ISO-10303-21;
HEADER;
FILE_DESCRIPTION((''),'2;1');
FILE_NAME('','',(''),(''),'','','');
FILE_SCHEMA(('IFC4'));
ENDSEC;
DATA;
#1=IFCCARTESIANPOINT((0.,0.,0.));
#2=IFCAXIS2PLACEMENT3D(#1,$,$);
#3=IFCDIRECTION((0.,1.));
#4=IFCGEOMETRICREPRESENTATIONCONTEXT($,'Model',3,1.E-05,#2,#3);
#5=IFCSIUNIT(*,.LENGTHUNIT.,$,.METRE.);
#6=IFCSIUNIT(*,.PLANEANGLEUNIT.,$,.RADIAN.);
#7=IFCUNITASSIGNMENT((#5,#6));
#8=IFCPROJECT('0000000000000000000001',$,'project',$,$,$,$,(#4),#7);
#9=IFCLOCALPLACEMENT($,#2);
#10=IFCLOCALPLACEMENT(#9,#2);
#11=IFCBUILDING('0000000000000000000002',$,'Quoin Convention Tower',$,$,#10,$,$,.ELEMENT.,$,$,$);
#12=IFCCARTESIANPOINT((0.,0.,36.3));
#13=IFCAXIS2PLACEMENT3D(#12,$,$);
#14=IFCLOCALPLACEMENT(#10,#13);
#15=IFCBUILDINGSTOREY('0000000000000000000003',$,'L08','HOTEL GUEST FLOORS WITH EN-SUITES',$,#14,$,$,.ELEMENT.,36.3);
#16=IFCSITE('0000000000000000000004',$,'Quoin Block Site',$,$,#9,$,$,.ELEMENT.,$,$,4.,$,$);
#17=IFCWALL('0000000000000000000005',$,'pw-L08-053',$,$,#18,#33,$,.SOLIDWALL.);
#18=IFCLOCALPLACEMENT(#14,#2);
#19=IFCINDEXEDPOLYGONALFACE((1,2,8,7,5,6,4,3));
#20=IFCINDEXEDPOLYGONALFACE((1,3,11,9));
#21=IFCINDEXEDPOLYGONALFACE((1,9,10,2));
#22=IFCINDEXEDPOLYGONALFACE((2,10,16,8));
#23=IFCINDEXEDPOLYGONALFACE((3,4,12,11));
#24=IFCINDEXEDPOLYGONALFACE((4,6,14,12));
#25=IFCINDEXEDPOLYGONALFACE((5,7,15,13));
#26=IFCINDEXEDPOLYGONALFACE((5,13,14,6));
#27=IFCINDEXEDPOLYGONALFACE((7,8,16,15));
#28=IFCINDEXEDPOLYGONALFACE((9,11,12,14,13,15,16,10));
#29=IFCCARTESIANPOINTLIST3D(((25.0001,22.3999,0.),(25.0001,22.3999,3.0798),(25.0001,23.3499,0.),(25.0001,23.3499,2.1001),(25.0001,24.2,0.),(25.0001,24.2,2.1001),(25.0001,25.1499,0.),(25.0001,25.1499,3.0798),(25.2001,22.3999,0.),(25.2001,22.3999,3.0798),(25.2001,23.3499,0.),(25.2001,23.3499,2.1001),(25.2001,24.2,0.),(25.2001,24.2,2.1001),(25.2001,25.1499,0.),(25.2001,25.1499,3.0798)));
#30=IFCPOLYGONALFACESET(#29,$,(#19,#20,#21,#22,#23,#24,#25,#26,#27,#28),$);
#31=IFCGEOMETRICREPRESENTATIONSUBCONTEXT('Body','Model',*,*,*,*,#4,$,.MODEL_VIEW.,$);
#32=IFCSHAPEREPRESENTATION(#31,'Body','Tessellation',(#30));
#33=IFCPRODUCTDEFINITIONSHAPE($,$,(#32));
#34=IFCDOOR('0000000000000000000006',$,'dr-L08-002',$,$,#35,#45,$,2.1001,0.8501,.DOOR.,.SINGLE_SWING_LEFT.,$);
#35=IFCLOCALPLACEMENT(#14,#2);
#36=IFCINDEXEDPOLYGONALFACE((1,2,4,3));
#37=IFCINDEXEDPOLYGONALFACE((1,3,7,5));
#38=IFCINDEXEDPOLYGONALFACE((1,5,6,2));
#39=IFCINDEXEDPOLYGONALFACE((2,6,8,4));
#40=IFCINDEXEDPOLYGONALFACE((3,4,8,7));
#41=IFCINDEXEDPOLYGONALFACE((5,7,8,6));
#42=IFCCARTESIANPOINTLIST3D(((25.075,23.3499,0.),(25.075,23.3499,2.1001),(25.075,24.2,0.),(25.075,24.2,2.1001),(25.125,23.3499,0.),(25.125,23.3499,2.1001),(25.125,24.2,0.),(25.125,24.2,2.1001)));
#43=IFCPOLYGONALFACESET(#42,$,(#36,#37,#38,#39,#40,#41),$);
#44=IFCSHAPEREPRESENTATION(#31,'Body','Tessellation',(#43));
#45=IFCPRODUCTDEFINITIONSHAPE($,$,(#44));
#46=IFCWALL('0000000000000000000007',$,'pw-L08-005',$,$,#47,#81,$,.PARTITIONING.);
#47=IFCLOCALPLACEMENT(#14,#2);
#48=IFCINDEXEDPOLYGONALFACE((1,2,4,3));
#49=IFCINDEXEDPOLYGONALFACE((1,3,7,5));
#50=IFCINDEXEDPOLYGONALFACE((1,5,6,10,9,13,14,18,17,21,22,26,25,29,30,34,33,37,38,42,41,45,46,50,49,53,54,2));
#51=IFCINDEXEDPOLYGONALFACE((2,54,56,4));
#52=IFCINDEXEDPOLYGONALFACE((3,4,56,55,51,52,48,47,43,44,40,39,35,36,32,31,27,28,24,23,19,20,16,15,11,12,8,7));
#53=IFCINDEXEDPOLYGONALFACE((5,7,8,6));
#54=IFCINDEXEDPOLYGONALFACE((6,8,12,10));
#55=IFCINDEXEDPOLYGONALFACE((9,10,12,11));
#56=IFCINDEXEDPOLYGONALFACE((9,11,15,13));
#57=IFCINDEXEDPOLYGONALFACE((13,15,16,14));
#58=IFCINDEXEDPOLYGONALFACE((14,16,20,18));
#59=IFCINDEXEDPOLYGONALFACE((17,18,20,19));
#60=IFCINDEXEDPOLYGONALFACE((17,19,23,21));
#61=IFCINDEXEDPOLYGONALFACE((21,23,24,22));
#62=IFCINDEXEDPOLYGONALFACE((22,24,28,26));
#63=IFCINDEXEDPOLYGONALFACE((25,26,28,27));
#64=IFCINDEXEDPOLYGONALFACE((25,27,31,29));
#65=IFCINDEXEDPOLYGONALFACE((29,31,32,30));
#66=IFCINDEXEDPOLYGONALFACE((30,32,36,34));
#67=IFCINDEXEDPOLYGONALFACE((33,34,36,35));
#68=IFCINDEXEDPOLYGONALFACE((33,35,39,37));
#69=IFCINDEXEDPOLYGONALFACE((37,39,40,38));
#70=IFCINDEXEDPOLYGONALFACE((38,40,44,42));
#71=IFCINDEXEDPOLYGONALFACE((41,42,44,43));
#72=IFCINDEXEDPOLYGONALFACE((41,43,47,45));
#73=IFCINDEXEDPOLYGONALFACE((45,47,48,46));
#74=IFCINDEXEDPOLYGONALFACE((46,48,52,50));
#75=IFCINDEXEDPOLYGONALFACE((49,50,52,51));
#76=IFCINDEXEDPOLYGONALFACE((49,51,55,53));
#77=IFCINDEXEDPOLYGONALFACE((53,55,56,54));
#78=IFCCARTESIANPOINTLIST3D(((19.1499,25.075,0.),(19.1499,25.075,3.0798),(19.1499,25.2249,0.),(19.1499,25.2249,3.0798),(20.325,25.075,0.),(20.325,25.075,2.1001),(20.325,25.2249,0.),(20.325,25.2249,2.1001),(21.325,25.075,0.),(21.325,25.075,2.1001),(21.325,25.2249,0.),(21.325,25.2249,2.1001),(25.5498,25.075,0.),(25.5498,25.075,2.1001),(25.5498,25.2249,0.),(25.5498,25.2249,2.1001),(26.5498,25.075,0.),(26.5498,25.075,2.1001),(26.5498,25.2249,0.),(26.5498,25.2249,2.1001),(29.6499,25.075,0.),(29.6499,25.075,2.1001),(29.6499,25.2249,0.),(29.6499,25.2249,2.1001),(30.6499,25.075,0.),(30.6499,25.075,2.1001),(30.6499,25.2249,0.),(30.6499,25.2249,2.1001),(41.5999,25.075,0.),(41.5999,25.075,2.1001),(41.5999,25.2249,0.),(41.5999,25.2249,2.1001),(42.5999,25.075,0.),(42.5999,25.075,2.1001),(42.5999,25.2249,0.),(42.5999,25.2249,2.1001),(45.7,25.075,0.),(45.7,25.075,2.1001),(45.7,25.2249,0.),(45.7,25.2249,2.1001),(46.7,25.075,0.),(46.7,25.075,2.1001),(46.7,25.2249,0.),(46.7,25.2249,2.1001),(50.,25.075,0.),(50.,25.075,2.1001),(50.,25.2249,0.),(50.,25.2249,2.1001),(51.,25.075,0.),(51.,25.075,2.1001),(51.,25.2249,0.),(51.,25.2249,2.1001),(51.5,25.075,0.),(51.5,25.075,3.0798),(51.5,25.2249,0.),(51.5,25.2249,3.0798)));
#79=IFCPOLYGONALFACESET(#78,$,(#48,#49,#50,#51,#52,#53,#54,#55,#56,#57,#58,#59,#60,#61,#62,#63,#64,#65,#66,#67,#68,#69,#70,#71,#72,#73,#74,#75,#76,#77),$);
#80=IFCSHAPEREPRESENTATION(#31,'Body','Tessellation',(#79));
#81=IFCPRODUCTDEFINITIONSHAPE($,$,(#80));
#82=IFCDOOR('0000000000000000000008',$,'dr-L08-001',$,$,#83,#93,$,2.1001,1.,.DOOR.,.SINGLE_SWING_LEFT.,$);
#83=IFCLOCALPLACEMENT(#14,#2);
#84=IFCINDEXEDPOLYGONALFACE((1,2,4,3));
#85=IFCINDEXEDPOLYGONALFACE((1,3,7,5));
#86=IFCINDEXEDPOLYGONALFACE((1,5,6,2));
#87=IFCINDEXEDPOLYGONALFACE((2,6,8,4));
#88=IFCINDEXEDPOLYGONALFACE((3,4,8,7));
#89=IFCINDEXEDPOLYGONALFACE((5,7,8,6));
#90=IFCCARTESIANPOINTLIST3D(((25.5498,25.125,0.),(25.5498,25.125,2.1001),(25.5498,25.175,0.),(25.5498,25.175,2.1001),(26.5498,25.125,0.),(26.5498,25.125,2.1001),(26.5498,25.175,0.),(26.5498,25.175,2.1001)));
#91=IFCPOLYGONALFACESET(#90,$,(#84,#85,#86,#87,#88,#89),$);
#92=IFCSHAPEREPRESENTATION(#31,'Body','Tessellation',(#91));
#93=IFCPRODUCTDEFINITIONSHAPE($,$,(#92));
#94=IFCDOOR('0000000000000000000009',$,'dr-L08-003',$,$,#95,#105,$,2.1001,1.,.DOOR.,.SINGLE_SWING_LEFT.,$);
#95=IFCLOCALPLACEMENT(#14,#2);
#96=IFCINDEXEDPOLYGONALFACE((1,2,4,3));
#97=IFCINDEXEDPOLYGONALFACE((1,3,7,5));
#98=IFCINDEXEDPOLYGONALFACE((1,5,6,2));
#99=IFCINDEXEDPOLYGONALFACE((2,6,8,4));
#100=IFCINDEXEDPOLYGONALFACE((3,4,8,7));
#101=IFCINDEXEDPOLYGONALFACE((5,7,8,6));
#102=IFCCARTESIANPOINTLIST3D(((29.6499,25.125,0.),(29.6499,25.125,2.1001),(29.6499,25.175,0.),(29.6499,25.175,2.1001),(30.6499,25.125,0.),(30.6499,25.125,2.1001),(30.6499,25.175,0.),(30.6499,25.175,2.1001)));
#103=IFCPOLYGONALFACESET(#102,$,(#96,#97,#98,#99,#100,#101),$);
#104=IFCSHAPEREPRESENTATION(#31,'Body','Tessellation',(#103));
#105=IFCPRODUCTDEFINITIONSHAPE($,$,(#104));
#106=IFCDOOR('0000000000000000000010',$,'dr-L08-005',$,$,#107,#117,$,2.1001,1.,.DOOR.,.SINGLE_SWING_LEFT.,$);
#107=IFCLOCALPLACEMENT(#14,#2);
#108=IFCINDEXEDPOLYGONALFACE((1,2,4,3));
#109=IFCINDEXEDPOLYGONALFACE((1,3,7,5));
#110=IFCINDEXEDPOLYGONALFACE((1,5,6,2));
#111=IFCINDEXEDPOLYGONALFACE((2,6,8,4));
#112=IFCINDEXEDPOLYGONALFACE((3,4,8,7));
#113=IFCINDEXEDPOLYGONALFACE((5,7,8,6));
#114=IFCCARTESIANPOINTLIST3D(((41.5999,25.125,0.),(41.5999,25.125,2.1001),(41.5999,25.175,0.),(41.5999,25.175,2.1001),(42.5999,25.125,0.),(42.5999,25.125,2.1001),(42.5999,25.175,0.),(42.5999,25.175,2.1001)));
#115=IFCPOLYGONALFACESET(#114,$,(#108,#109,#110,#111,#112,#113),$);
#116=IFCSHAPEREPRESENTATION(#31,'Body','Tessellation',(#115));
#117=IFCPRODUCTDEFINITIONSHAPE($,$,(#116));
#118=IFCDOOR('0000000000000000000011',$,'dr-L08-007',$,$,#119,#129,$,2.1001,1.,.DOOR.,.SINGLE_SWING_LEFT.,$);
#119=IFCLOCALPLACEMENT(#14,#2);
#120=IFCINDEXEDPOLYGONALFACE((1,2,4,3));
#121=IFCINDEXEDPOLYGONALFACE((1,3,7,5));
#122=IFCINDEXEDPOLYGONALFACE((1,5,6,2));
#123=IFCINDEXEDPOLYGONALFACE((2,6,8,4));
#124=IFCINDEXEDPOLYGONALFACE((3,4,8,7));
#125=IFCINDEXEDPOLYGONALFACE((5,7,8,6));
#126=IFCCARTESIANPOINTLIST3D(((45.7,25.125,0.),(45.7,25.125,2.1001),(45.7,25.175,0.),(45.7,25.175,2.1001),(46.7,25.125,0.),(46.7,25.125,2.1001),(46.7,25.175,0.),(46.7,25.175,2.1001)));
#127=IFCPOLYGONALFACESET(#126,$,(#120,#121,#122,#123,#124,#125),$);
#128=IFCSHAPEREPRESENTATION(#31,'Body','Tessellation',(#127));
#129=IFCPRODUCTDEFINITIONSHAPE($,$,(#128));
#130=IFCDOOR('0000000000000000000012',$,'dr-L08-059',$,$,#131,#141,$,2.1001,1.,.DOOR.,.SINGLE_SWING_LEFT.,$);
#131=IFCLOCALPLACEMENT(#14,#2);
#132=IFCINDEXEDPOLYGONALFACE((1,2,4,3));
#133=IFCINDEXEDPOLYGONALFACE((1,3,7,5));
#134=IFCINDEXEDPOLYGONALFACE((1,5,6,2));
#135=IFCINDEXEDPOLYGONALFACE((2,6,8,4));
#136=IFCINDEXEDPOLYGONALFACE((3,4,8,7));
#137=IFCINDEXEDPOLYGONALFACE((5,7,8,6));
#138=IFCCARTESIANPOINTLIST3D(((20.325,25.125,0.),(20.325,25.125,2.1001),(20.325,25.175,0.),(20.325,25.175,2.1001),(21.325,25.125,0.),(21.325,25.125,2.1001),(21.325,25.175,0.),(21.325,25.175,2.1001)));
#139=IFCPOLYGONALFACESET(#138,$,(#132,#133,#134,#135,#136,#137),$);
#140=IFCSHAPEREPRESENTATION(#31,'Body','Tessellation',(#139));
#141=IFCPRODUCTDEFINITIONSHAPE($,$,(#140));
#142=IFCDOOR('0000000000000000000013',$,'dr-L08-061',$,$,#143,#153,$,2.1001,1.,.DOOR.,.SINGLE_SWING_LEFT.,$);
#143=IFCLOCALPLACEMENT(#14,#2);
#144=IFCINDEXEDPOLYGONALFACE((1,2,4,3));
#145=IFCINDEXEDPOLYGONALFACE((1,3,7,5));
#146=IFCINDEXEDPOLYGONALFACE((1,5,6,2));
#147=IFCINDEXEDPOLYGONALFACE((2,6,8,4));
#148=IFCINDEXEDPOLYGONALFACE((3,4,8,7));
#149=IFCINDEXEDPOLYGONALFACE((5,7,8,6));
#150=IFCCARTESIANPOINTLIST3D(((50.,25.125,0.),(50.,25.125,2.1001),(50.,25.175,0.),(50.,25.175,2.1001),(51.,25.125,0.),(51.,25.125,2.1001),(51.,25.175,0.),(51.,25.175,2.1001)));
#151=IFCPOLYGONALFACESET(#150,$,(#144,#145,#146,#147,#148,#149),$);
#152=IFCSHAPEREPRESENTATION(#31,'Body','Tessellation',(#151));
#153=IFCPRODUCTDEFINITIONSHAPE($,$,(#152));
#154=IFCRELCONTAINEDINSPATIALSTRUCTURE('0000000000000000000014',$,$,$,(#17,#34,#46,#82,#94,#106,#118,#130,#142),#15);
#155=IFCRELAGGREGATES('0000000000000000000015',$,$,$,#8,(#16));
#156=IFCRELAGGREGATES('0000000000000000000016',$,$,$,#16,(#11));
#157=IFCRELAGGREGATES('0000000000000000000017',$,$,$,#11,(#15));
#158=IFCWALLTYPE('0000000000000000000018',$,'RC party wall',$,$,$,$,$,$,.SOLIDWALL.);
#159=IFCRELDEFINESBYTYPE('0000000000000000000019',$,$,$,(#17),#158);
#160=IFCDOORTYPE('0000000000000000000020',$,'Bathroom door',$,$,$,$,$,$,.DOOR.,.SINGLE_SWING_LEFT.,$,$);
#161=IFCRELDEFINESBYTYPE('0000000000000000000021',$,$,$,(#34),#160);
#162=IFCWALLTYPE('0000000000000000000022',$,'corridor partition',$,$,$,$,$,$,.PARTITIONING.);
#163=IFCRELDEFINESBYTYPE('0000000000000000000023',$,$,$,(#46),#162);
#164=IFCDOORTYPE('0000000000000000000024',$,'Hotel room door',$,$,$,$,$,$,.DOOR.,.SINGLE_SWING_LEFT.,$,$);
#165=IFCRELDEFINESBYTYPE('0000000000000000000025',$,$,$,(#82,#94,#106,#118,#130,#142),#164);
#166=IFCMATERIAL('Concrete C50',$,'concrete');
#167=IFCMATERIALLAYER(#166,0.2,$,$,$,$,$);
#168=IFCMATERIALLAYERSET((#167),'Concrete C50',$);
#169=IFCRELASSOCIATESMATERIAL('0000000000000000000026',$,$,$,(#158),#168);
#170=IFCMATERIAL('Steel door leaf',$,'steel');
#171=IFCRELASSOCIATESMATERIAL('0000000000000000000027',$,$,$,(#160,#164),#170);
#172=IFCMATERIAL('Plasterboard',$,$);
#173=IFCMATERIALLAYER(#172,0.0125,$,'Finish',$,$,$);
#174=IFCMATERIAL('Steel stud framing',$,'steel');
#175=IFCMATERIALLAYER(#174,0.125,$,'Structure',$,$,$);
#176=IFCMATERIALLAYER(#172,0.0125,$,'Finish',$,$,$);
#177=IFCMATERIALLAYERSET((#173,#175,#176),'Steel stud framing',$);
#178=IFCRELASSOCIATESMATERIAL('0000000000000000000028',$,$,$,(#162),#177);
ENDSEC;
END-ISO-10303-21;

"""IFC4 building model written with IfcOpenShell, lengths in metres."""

from ifc_helpers import new_model, si_unit, direction, frame, frame_2d, origin, place, context, subcontext, project, spatial, rectangle, extrude, material, layer, layer_set, type_object, element, fill, save


model = new_model("IFC4")

# Units and contexts
model_context = context("Model", 3, precision=1e-05, world=origin(), true_north=direction((0.0, 1.0)))
body_context = subcontext(model_context, "Body", "Model", "MODEL_VIEW")
ifc_project = project(units=[si_unit("LENGTHUNIT", "METRE"), si_unit("PLANEANGLEUNIT", "RADIAN")], contexts=[model_context])

# Site, building, storey
site_placement = place(None, origin())
site = spatial("IfcSite", under=ifc_project, at=site_placement, Name="Quoin Block Site", CompositionType="ELEMENT", RefElevation=4.0)
building_placement = place(site_placement, origin())
building = spatial("IfcBuilding", under=site, at=building_placement, Name="Quoin Convention Tower", CompositionType="ELEMENT")
storey_placement = place(building_placement, frame((0.0, 0.0, 36.3)))
storey = spatial("IfcBuildingStorey", under=building, at=storey_placement, Name="L08", Description="HOTEL GUEST FLOORS WITH EN-SUITES", CompositionType="ELEMENT", Elevation=36.3)

# Wall, opening, door
ifc_material_1 = material(Name="Concrete C50", Category="concrete")
ifc_layer_1 = layer(ifc_material_1, 0.2)
ifc_layer_set_1 = layer_set([ifc_layer_1], Name="Concrete C50")
wall_type_1 = type_object("IfcWallType", Name="RC party wall", PredefinedType="SOLIDWALL", material=ifc_layer_set_1)
wall_1_placement = place(storey_placement, frame((25.1001, 22.3999, 0.0), z_axis=(0.0, 0.0, 1.0), x_axis=(0.0, 1.0, 0.0)))
wall_1 = element("IfcWall", 1, at=wall_1_placement, inside=storey, type_object=wall_type_1, Name="pw-L08-053", PredefinedType="SOLIDWALL", context=body_context, shape_type="SweptSolid", body=[
    extrude(rectangle(XDim=2.75, YDim=0.2, at=frame_2d((1.375, 0.0))), origin(), (0.0, 0.0, 1.0), 3.0798),
])
opening_1_placement = place(wall_1_placement, frame((0.95, 0.0, 0.0)))
opening_1 = element("IfcOpeningElement", 2, at=opening_1_placement, cuts=wall_1, PredefinedType="OPENING", context=body_context, shape_type="SweptSolid", body=[
    extrude(rectangle(XDim=0.8501, YDim=2.1001, at=frame_2d((0.425, 1.05))), frame((0.0, 0.1099, 0.0), z_axis=(0.0, -1.0, 0.0), x_axis=(1.0, 0.0, 0.0)), (0.0, 0.0, 1.0), 0.22),
])
ifc_material_2 = material(Name="Steel door leaf", Category="steel")
door_type_1 = type_object("IfcDoorType", Name="Bathroom door", OperationType="SINGLE_SWING_LEFT", PredefinedType="DOOR", material=ifc_material_2)
door_1_placement = place(opening_1_placement, frame((0.8501, 0.0, 0.0), z_axis=(0.0, 0.0, 1.0), x_axis=(-1.0, 0.0, 0.0)))
door_1 = element("IfcDoor", 3, at=door_1_placement, inside=storey, type_object=door_type_1, Name="dr-L08-002", OperationType="SINGLE_SWING_LEFT", OverallHeight=2.1001, OverallWidth=0.8501, PredefinedType="DOOR", context=body_context, shape_type="SweptSolid", body=[
    extrude(rectangle(XDim=0.8501, YDim=2.1001, at=frame_2d((0.425, 1.05))), frame((0.0, 0.0249, 0.0), z_axis=(0.0, -1.0, 0.0), x_axis=(1.0, 0.0, 0.0)), (0.0, 0.0, 1.0), 0.05),
])
fill(opening_1, door_1)

# Wall, openings, doors
ifc_material_3 = material(Name="Plasterboard")
ifc_layer_2 = layer(ifc_material_3, 0.0125, Name="Finish")
ifc_material_4 = material(Name="Steel stud framing", Category="steel")
ifc_layer_3 = layer(ifc_material_4, 0.125, Name="Structure")
ifc_layer_4 = layer(ifc_material_3, 0.0125, Name="Finish")
ifc_layer_set_2 = layer_set([ifc_layer_2, ifc_layer_3, ifc_layer_4], Name="Steel stud framing")
wall_type_2 = type_object("IfcWallType", Name="corridor partition", PredefinedType="PARTITIONING", material=ifc_layer_set_2)
wall_2_placement = place(storey_placement, frame((19.1499, 25.1499, 0.0), z_axis=(0.0, 0.0, 1.0), x_axis=(1.0, 0.0, 0.0)))
wall_2 = element("IfcWall", 4, at=wall_2_placement, inside=storey, type_object=wall_type_2, Name="pw-L08-005", PredefinedType="PARTITIONING", context=body_context, shape_type="SweptSolid", body=[
    extrude(rectangle(XDim=32.3501, YDim=0.1499, at=frame_2d((16.175, 0.0))), origin(), (0.0, 0.0, 1.0), 3.0798),
])
opening_2_placement = place(wall_2_placement, frame((6.3999, 0.0, 0.0)))
opening_2 = element("IfcOpeningElement", 5, at=opening_2_placement, cuts=wall_2, PredefinedType="OPENING", context=body_context, shape_type="SweptSolid", body=[
    extrude(rectangle(XDim=1.0, YDim=2.1001, at=frame_2d((0.5, 1.05))), frame((0.0, 0.085, 0.0), z_axis=(0.0, -1.0, 0.0), x_axis=(1.0, 0.0, 0.0)), (0.0, 0.0, 1.0), 0.1699),
])
opening_3_placement = place(wall_2_placement, frame((10.5, 0.0, 0.0)))
opening_3 = element("IfcOpeningElement", 6, at=opening_3_placement, cuts=wall_2, PredefinedType="OPENING", context=body_context, shape_type="SweptSolid", body=[
    extrude(rectangle(XDim=1.0, YDim=2.1001, at=frame_2d((0.5, 1.05))), frame((0.0, 0.085, 0.0), z_axis=(0.0, -1.0, 0.0), x_axis=(1.0, 0.0, 0.0)), (0.0, 0.0, 1.0), 0.1699),
])
opening_4_placement = place(wall_2_placement, frame((22.45, 0.0, 0.0)))
opening_4 = element("IfcOpeningElement", 7, at=opening_4_placement, cuts=wall_2, PredefinedType="OPENING", context=body_context, shape_type="SweptSolid", body=[
    extrude(rectangle(XDim=1.0, YDim=2.1001, at=frame_2d((0.5, 1.05))), frame((0.0, 0.085, 0.0), z_axis=(0.0, -1.0, 0.0), x_axis=(1.0, 0.0, 0.0)), (0.0, 0.0, 1.0), 0.1699),
])
opening_5_placement = place(wall_2_placement, frame((26.55, 0.0, 0.0)))
opening_5 = element("IfcOpeningElement", 8, at=opening_5_placement, cuts=wall_2, PredefinedType="OPENING", context=body_context, shape_type="SweptSolid", body=[
    extrude(rectangle(XDim=1.0, YDim=2.1001, at=frame_2d((0.5, 1.05))), frame((0.0, 0.085, 0.0), z_axis=(0.0, -1.0, 0.0), x_axis=(1.0, 0.0, 0.0)), (0.0, 0.0, 1.0), 0.1699),
])
opening_6_placement = place(wall_2_placement, frame((1.175, 0.0, 0.0)))
opening_6 = element("IfcOpeningElement", 9, at=opening_6_placement, cuts=wall_2, PredefinedType="OPENING", context=body_context, shape_type="SweptSolid", body=[
    extrude(rectangle(XDim=1.0, YDim=2.1001, at=frame_2d((0.5, 1.05))), frame((0.0, 0.085, 0.0), z_axis=(0.0, -1.0, 0.0), x_axis=(1.0, 0.0, 0.0)), (0.0, 0.0, 1.0), 0.1699),
])
opening_7_placement = place(wall_2_placement, frame((30.8501, 0.0, 0.0)))
opening_7 = element("IfcOpeningElement", 10, at=opening_7_placement, cuts=wall_2, PredefinedType="OPENING", context=body_context, shape_type="SweptSolid", body=[
    extrude(rectangle(XDim=1.0, YDim=2.1001, at=frame_2d((0.5, 1.05))), frame((0.0, 0.085, 0.0), z_axis=(0.0, -1.0, 0.0), x_axis=(1.0, 0.0, 0.0)), (0.0, 0.0, 1.0), 0.1699),
])
door_type_2 = type_object("IfcDoorType", Name="Hotel room door", OperationType="SINGLE_SWING_LEFT", PredefinedType="DOOR", material=ifc_material_2)
door_2_placement = place(opening_2_placement, frame((1.0, 0.0, 0.0), z_axis=(0.0, 0.0, 1.0), x_axis=(-1.0, 0.0, 0.0)))
door_2 = element("IfcDoor", 11, at=door_2_placement, inside=storey, type_object=door_type_2, Name="dr-L08-001", OperationType="SINGLE_SWING_LEFT", OverallHeight=2.1001, OverallWidth=1.0, PredefinedType="DOOR", context=body_context, shape_type="SweptSolid", body=[
    extrude(rectangle(XDim=1.0, YDim=2.1001, at=frame_2d((0.5, 1.05))), frame((0.0, 0.0249, 0.0), z_axis=(0.0, -1.0, 0.0), x_axis=(1.0, 0.0, 0.0)), (0.0, 0.0, 1.0), 0.05),
])
fill(opening_2, door_2)
door_3_placement = place(opening_3_placement, frame((1.0, 0.0, 0.0), z_axis=(0.0, 0.0, 1.0), x_axis=(-1.0, 0.0, 0.0)))
door_3 = element("IfcDoor", 12, at=door_3_placement, inside=storey, type_object=door_type_2, Name="dr-L08-003", OperationType="SINGLE_SWING_LEFT", OverallHeight=2.1001, OverallWidth=1.0, PredefinedType="DOOR", context=body_context, shape_type="SweptSolid", body=[
    extrude(rectangle(XDim=1.0, YDim=2.1001, at=frame_2d((0.5, 1.05))), frame((0.0, 0.0249, 0.0), z_axis=(0.0, -1.0, 0.0), x_axis=(1.0, 0.0, 0.0)), (0.0, 0.0, 1.0), 0.05),
])
fill(opening_3, door_3)
door_4_placement = place(opening_4_placement, frame((1.0, 0.0, 0.0), z_axis=(0.0, 0.0, 1.0), x_axis=(-1.0, 0.0, 0.0)))
door_4 = element("IfcDoor", 13, at=door_4_placement, inside=storey, type_object=door_type_2, Name="dr-L08-005", OperationType="SINGLE_SWING_LEFT", OverallHeight=2.1001, OverallWidth=1.0, PredefinedType="DOOR", context=body_context, shape_type="SweptSolid", body=[
    extrude(rectangle(XDim=1.0, YDim=2.1001, at=frame_2d((0.5, 1.05))), frame((0.0, 0.0249, 0.0), z_axis=(0.0, -1.0, 0.0), x_axis=(1.0, 0.0, 0.0)), (0.0, 0.0, 1.0), 0.05),
])
fill(opening_4, door_4)
door_5_placement = place(opening_5_placement, frame((1.0, 0.0, 0.0), z_axis=(0.0, 0.0, 1.0), x_axis=(-1.0, 0.0, 0.0)))
door_5 = element("IfcDoor", 14, at=door_5_placement, inside=storey, type_object=door_type_2, Name="dr-L08-007", OperationType="SINGLE_SWING_LEFT", OverallHeight=2.1001, OverallWidth=1.0, PredefinedType="DOOR", context=body_context, shape_type="SweptSolid", body=[
    extrude(rectangle(XDim=1.0, YDim=2.1001, at=frame_2d((0.5, 1.05))), frame((0.0, 0.0249, 0.0), z_axis=(0.0, -1.0, 0.0), x_axis=(1.0, 0.0, 0.0)), (0.0, 0.0, 1.0), 0.05),
])
fill(opening_5, door_5)
door_6_placement = place(opening_6_placement, frame((1.0, 0.0, 0.0), z_axis=(0.0, 0.0, 1.0), x_axis=(-1.0, 0.0, 0.0)))
door_6 = element("IfcDoor", 15, at=door_6_placement, inside=storey, type_object=door_type_2, Name="dr-L08-059", OperationType="SINGLE_SWING_LEFT", OverallHeight=2.1001, OverallWidth=1.0, PredefinedType="DOOR", context=body_context, shape_type="SweptSolid", body=[
    extrude(rectangle(XDim=1.0, YDim=2.1001, at=frame_2d((0.5, 1.05))), frame((0.0, 0.0249, 0.0), z_axis=(0.0, -1.0, 0.0), x_axis=(1.0, 0.0, 0.0)), (0.0, 0.0, 1.0), 0.05),
])
fill(opening_6, door_6)
door_7_placement = place(opening_7_placement, frame((1.0, 0.0, 0.0), z_axis=(0.0, 0.0, 1.0), x_axis=(-1.0, 0.0, 0.0)))
door_7 = element("IfcDoor", 16, at=door_7_placement, inside=storey, type_object=door_type_2, Name="dr-L08-061", OperationType="SINGLE_SWING_LEFT", OverallHeight=2.1001, OverallWidth=1.0, PredefinedType="DOOR", context=body_context, shape_type="SweptSolid", body=[
    extrude(rectangle(XDim=1.0, YDim=2.1001, at=frame_2d((0.5, 1.05))), frame((0.0, 0.0249, 0.0), z_axis=(0.0, -1.0, 0.0), x_axis=(1.0, 0.0, 0.0)), (0.0, 0.0, 1.0), 0.05),
])
fill(opening_7, door_7)

save(model, "model.ifc")
